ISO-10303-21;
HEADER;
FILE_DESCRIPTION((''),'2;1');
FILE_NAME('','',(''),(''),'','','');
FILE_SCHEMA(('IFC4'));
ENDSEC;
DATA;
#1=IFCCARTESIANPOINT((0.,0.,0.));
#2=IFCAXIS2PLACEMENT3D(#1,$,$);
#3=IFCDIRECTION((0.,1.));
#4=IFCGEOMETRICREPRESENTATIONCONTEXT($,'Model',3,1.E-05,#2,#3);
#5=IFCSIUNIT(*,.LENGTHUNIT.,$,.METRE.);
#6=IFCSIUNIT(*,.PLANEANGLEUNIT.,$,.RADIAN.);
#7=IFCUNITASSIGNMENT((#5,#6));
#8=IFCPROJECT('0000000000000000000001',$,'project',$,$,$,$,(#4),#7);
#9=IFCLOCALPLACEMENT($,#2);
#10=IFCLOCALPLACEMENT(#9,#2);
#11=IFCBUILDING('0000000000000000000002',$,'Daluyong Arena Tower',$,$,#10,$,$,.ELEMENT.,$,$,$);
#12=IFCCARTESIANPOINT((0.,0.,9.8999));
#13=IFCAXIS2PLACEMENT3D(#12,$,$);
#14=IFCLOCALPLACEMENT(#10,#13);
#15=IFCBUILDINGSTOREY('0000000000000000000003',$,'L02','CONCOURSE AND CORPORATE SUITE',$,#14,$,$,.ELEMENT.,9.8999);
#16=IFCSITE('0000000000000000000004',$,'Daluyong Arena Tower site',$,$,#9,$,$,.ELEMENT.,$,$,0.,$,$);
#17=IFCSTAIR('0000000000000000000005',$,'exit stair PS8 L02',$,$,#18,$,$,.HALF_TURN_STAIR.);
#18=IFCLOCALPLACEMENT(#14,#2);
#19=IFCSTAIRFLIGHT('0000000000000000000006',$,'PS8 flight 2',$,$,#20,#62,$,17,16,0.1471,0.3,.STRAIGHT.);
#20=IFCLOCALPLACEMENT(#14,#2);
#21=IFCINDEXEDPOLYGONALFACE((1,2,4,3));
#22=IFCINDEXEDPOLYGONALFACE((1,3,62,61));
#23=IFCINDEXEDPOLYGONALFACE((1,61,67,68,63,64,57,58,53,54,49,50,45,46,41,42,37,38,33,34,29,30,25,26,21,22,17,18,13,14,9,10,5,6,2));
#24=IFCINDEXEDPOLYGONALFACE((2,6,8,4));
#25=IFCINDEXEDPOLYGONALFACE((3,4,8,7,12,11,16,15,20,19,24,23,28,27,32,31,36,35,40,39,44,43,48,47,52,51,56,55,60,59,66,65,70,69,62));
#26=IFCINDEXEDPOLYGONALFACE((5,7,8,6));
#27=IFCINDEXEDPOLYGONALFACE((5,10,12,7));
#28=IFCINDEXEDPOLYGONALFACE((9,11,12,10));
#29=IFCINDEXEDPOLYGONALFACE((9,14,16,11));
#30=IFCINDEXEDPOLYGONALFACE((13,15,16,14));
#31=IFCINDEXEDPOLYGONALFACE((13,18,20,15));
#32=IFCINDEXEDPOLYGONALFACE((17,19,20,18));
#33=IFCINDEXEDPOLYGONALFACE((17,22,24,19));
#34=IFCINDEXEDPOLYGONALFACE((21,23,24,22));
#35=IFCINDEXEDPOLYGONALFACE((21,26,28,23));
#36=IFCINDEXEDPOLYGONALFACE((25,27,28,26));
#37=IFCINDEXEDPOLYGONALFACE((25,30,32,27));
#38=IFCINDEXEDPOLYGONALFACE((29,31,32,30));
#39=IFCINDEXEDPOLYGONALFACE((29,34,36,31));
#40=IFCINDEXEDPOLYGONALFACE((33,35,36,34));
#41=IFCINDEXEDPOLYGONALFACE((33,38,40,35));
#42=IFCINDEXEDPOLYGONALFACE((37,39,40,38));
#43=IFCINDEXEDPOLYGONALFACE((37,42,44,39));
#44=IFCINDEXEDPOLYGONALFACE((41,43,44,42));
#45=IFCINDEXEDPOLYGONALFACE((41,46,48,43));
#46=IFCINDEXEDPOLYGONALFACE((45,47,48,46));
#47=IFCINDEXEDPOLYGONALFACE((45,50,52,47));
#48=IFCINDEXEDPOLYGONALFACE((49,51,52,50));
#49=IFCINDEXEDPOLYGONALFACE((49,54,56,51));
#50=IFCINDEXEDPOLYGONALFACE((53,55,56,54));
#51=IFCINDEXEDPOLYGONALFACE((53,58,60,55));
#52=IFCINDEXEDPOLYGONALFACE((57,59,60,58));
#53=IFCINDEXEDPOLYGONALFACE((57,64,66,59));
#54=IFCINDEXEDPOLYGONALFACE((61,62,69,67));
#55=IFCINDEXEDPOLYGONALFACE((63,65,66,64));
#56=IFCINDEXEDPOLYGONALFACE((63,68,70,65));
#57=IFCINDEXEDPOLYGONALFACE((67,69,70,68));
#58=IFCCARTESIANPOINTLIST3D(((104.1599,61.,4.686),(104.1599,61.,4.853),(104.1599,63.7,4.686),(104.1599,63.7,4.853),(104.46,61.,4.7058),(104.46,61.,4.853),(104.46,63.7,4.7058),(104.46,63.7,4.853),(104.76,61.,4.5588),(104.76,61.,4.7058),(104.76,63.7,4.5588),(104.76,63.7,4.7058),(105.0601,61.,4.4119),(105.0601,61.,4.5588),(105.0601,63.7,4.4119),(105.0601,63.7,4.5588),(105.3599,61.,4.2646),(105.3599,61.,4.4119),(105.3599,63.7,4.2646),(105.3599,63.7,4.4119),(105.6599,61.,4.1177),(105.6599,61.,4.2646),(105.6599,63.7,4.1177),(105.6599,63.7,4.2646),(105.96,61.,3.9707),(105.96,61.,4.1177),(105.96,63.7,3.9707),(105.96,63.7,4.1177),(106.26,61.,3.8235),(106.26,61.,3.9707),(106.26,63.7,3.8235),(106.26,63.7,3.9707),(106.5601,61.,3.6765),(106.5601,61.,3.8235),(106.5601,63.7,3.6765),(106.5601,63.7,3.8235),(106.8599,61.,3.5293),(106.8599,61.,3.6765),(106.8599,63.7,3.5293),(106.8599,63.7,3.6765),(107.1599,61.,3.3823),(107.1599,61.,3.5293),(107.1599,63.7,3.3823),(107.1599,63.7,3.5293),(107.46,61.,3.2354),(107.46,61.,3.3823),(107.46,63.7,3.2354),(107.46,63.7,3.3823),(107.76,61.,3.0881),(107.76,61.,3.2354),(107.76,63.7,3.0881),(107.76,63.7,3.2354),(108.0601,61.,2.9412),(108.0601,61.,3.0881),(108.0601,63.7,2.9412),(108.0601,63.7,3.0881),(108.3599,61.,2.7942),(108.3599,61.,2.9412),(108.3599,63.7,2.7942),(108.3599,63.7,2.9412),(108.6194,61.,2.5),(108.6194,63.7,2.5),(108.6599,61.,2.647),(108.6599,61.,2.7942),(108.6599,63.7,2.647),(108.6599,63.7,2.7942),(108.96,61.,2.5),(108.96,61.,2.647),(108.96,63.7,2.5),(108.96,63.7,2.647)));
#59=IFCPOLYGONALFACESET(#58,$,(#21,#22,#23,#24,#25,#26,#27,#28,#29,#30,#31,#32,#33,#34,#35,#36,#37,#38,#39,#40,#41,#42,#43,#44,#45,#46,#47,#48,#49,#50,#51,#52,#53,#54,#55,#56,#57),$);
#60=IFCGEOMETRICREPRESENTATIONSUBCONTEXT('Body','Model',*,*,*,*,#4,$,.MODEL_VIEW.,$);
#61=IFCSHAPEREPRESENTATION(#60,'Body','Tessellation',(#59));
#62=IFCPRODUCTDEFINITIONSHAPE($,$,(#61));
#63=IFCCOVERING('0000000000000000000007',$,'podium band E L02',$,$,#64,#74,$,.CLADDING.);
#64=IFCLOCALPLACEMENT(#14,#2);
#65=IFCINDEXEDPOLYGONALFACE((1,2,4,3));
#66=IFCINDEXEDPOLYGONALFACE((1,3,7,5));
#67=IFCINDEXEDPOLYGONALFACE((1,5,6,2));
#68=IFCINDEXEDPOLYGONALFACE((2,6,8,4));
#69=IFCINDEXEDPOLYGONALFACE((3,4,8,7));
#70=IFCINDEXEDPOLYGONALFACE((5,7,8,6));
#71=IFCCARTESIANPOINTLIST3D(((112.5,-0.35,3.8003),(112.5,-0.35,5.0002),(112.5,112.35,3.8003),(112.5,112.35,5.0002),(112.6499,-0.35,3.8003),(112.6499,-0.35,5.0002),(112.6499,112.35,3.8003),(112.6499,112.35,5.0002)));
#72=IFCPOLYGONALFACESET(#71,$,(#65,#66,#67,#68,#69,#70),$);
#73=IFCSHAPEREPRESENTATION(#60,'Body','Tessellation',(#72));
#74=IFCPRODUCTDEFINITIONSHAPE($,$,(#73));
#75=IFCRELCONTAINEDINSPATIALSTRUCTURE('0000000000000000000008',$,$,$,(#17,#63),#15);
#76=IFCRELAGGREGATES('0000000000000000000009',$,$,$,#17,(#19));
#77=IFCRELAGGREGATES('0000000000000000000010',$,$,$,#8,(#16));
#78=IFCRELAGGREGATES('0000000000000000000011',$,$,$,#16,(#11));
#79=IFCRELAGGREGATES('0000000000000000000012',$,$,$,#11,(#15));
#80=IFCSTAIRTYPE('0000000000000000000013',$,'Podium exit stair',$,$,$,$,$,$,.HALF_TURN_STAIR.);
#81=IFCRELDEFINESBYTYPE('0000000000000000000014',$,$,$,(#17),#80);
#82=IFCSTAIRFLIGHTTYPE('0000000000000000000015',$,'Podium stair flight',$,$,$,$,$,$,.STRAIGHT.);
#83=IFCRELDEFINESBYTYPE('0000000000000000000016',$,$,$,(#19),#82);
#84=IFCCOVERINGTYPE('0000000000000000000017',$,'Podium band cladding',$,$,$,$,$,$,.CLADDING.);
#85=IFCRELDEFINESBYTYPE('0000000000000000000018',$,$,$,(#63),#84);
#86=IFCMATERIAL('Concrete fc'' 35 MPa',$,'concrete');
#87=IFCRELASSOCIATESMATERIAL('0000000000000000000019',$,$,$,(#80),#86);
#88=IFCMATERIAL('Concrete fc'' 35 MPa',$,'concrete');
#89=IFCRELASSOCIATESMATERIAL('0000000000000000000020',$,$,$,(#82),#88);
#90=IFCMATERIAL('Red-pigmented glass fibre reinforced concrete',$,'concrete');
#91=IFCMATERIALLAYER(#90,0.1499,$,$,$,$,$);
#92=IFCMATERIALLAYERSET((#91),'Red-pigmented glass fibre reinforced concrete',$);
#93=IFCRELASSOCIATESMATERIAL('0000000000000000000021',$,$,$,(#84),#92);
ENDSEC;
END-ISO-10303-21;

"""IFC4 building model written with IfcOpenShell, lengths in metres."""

from ifc_helpers import new_model, si_unit, direction, frame, origin, origin_2d, place, context, subcontext, project, spatial, polyline, rectangle, outline, extrude, material, layer, layer_set, type_object, element, aggregate, save


model = new_model("IFC4")

# Units and contexts
model_context = context("Model", 3, precision=1e-05, world=origin(), true_north=direction((0.0, 1.0)))
body_context = subcontext(model_context, "Body", "Model", "MODEL_VIEW")
ifc_project = project(units=[si_unit("LENGTHUNIT", "METRE"), si_unit("PLANEANGLEUNIT", "RADIAN")], contexts=[model_context])

# Site, building, storey
site_placement = place(None, origin())
site = spatial("IfcSite", under=ifc_project, at=site_placement, Name="Daluyong Arena Tower site", CompositionType="ELEMENT", RefElevation=0.0)
building_placement = place(site_placement, origin())
building = spatial("IfcBuilding", under=site, at=building_placement, Name="Daluyong Arena Tower", CompositionType="ELEMENT")
storey_placement = place(building_placement, frame((0.0, 0.0, 9.8999)))
storey = spatial("IfcBuildingStorey", under=building, at=storey_placement, Name="L02", Description="CONCOURSE AND CORPORATE SUITE", CompositionType="ELEMENT", Elevation=9.8999)

# Stair, stair flight
ifc_material_1 = material(Name="Concrete fc' 35 MPa", Category="concrete")
stair_type = type_object("IfcStairType", Name="Podium exit stair", PredefinedType="HALF_TURN_STAIR", material=ifc_material_1)
stair_placement = place(storey_placement, origin())
stair = element("IfcStair", 1, at=stair_placement, inside=storey, type_object=stair_type, Name="exit stair PS8 L02", PredefinedType="HALF_TURN_STAIR")
ifc_material_2 = material(Name="Concrete fc' 35 MPa", Category="concrete")
stair_flight_type = type_object("IfcStairFlightType", Name="Podium stair flight", PredefinedType="STRAIGHT", material=ifc_material_2)
stair_flight_1_placement = place(storey_placement, frame((108.96, 62.3501, 2.5), z_axis=(0.0, 0.0, 1.0), x_axis=(-1.0, 0.0, 0.0)))
stair_flight_1 = element("IfcStairFlight", 2, at=stair_flight_1_placement, type_object=stair_flight_type, Name="PS8 flight 2", NumberOfRisers=17, NumberOfTreads=16, PredefinedType="STRAIGHT", RiserHeight=0.1471, TreadLength=0.3, context=body_context, shape_type="SweptSolid", body=[
    extrude(outline(polyline([(0.0, 0.0), (0.0, 0.147), (0.3, 0.147), (0.3, 0.2942), (0.6001, 0.2942), (0.6001, 0.4412), (0.8999, 0.4412), (0.8999, 0.5881), (1.2, 0.5881), (1.2, 0.7354), (1.5, 0.7354), (1.5, 0.8823), (1.8, 0.8823), (1.8, 1.0293), (2.1001, 1.0293), (2.1001, 1.1765), (2.3999, 1.1765), (2.3999, 1.3235), (2.7, 1.3235), (2.7, 1.4707), (3.0, 1.4707), (3.0, 1.6177), (3.3, 1.6177), (3.3, 1.7646), (3.6001, 1.7646), (3.6001, 1.9119), (3.8999, 1.9119), (3.8999, 2.0588), (4.2, 2.0588), (4.2, 2.2058), (4.5, 2.2058), (4.5, 2.353), (4.8, 2.353), (4.8, 2.5), (4.8, 2.186), (0.3406, 0.0), (0.0, 0.0)])), frame((0.0, 1.3501, 0.0), z_axis=(0.0, -1.0, 0.0), x_axis=(1.0, 0.0, 0.0)), (0.0, 0.0, 1.0), 2.7),
])
aggregate(stair, [stair_flight_1])

# Covering
ifc_material_3 = material(Name="Red-pigmented glass fibre reinforced concrete", Category="concrete")
ifc_layer_1 = layer(ifc_material_3, 0.1499)
ifc_layer_set_1 = layer_set([ifc_layer_1], Name="Red-pigmented glass fibre reinforced concrete")
covering_type = type_object("IfcCoveringType", Name="Podium band cladding", PredefinedType="CLADDING", material=ifc_layer_set_1)
covering_placement = place(storey_placement, frame((112.575, 56.0, 3.8003), z_axis=(0.0, 0.0, 1.0), x_axis=(0.0, 1.0, 0.0)))
element("IfcCovering", 3, at=covering_placement, inside=storey, type_object=covering_type, Name="podium band E L02", PredefinedType="CLADDING", context=body_context, shape_type="SweptSolid", body=[
    extrude(rectangle(XDim=112.7, YDim=0.1499, at=origin_2d()), origin(), (0.0, 0.0, 1.0), 1.2),
])

save(model, "model.ifc")
